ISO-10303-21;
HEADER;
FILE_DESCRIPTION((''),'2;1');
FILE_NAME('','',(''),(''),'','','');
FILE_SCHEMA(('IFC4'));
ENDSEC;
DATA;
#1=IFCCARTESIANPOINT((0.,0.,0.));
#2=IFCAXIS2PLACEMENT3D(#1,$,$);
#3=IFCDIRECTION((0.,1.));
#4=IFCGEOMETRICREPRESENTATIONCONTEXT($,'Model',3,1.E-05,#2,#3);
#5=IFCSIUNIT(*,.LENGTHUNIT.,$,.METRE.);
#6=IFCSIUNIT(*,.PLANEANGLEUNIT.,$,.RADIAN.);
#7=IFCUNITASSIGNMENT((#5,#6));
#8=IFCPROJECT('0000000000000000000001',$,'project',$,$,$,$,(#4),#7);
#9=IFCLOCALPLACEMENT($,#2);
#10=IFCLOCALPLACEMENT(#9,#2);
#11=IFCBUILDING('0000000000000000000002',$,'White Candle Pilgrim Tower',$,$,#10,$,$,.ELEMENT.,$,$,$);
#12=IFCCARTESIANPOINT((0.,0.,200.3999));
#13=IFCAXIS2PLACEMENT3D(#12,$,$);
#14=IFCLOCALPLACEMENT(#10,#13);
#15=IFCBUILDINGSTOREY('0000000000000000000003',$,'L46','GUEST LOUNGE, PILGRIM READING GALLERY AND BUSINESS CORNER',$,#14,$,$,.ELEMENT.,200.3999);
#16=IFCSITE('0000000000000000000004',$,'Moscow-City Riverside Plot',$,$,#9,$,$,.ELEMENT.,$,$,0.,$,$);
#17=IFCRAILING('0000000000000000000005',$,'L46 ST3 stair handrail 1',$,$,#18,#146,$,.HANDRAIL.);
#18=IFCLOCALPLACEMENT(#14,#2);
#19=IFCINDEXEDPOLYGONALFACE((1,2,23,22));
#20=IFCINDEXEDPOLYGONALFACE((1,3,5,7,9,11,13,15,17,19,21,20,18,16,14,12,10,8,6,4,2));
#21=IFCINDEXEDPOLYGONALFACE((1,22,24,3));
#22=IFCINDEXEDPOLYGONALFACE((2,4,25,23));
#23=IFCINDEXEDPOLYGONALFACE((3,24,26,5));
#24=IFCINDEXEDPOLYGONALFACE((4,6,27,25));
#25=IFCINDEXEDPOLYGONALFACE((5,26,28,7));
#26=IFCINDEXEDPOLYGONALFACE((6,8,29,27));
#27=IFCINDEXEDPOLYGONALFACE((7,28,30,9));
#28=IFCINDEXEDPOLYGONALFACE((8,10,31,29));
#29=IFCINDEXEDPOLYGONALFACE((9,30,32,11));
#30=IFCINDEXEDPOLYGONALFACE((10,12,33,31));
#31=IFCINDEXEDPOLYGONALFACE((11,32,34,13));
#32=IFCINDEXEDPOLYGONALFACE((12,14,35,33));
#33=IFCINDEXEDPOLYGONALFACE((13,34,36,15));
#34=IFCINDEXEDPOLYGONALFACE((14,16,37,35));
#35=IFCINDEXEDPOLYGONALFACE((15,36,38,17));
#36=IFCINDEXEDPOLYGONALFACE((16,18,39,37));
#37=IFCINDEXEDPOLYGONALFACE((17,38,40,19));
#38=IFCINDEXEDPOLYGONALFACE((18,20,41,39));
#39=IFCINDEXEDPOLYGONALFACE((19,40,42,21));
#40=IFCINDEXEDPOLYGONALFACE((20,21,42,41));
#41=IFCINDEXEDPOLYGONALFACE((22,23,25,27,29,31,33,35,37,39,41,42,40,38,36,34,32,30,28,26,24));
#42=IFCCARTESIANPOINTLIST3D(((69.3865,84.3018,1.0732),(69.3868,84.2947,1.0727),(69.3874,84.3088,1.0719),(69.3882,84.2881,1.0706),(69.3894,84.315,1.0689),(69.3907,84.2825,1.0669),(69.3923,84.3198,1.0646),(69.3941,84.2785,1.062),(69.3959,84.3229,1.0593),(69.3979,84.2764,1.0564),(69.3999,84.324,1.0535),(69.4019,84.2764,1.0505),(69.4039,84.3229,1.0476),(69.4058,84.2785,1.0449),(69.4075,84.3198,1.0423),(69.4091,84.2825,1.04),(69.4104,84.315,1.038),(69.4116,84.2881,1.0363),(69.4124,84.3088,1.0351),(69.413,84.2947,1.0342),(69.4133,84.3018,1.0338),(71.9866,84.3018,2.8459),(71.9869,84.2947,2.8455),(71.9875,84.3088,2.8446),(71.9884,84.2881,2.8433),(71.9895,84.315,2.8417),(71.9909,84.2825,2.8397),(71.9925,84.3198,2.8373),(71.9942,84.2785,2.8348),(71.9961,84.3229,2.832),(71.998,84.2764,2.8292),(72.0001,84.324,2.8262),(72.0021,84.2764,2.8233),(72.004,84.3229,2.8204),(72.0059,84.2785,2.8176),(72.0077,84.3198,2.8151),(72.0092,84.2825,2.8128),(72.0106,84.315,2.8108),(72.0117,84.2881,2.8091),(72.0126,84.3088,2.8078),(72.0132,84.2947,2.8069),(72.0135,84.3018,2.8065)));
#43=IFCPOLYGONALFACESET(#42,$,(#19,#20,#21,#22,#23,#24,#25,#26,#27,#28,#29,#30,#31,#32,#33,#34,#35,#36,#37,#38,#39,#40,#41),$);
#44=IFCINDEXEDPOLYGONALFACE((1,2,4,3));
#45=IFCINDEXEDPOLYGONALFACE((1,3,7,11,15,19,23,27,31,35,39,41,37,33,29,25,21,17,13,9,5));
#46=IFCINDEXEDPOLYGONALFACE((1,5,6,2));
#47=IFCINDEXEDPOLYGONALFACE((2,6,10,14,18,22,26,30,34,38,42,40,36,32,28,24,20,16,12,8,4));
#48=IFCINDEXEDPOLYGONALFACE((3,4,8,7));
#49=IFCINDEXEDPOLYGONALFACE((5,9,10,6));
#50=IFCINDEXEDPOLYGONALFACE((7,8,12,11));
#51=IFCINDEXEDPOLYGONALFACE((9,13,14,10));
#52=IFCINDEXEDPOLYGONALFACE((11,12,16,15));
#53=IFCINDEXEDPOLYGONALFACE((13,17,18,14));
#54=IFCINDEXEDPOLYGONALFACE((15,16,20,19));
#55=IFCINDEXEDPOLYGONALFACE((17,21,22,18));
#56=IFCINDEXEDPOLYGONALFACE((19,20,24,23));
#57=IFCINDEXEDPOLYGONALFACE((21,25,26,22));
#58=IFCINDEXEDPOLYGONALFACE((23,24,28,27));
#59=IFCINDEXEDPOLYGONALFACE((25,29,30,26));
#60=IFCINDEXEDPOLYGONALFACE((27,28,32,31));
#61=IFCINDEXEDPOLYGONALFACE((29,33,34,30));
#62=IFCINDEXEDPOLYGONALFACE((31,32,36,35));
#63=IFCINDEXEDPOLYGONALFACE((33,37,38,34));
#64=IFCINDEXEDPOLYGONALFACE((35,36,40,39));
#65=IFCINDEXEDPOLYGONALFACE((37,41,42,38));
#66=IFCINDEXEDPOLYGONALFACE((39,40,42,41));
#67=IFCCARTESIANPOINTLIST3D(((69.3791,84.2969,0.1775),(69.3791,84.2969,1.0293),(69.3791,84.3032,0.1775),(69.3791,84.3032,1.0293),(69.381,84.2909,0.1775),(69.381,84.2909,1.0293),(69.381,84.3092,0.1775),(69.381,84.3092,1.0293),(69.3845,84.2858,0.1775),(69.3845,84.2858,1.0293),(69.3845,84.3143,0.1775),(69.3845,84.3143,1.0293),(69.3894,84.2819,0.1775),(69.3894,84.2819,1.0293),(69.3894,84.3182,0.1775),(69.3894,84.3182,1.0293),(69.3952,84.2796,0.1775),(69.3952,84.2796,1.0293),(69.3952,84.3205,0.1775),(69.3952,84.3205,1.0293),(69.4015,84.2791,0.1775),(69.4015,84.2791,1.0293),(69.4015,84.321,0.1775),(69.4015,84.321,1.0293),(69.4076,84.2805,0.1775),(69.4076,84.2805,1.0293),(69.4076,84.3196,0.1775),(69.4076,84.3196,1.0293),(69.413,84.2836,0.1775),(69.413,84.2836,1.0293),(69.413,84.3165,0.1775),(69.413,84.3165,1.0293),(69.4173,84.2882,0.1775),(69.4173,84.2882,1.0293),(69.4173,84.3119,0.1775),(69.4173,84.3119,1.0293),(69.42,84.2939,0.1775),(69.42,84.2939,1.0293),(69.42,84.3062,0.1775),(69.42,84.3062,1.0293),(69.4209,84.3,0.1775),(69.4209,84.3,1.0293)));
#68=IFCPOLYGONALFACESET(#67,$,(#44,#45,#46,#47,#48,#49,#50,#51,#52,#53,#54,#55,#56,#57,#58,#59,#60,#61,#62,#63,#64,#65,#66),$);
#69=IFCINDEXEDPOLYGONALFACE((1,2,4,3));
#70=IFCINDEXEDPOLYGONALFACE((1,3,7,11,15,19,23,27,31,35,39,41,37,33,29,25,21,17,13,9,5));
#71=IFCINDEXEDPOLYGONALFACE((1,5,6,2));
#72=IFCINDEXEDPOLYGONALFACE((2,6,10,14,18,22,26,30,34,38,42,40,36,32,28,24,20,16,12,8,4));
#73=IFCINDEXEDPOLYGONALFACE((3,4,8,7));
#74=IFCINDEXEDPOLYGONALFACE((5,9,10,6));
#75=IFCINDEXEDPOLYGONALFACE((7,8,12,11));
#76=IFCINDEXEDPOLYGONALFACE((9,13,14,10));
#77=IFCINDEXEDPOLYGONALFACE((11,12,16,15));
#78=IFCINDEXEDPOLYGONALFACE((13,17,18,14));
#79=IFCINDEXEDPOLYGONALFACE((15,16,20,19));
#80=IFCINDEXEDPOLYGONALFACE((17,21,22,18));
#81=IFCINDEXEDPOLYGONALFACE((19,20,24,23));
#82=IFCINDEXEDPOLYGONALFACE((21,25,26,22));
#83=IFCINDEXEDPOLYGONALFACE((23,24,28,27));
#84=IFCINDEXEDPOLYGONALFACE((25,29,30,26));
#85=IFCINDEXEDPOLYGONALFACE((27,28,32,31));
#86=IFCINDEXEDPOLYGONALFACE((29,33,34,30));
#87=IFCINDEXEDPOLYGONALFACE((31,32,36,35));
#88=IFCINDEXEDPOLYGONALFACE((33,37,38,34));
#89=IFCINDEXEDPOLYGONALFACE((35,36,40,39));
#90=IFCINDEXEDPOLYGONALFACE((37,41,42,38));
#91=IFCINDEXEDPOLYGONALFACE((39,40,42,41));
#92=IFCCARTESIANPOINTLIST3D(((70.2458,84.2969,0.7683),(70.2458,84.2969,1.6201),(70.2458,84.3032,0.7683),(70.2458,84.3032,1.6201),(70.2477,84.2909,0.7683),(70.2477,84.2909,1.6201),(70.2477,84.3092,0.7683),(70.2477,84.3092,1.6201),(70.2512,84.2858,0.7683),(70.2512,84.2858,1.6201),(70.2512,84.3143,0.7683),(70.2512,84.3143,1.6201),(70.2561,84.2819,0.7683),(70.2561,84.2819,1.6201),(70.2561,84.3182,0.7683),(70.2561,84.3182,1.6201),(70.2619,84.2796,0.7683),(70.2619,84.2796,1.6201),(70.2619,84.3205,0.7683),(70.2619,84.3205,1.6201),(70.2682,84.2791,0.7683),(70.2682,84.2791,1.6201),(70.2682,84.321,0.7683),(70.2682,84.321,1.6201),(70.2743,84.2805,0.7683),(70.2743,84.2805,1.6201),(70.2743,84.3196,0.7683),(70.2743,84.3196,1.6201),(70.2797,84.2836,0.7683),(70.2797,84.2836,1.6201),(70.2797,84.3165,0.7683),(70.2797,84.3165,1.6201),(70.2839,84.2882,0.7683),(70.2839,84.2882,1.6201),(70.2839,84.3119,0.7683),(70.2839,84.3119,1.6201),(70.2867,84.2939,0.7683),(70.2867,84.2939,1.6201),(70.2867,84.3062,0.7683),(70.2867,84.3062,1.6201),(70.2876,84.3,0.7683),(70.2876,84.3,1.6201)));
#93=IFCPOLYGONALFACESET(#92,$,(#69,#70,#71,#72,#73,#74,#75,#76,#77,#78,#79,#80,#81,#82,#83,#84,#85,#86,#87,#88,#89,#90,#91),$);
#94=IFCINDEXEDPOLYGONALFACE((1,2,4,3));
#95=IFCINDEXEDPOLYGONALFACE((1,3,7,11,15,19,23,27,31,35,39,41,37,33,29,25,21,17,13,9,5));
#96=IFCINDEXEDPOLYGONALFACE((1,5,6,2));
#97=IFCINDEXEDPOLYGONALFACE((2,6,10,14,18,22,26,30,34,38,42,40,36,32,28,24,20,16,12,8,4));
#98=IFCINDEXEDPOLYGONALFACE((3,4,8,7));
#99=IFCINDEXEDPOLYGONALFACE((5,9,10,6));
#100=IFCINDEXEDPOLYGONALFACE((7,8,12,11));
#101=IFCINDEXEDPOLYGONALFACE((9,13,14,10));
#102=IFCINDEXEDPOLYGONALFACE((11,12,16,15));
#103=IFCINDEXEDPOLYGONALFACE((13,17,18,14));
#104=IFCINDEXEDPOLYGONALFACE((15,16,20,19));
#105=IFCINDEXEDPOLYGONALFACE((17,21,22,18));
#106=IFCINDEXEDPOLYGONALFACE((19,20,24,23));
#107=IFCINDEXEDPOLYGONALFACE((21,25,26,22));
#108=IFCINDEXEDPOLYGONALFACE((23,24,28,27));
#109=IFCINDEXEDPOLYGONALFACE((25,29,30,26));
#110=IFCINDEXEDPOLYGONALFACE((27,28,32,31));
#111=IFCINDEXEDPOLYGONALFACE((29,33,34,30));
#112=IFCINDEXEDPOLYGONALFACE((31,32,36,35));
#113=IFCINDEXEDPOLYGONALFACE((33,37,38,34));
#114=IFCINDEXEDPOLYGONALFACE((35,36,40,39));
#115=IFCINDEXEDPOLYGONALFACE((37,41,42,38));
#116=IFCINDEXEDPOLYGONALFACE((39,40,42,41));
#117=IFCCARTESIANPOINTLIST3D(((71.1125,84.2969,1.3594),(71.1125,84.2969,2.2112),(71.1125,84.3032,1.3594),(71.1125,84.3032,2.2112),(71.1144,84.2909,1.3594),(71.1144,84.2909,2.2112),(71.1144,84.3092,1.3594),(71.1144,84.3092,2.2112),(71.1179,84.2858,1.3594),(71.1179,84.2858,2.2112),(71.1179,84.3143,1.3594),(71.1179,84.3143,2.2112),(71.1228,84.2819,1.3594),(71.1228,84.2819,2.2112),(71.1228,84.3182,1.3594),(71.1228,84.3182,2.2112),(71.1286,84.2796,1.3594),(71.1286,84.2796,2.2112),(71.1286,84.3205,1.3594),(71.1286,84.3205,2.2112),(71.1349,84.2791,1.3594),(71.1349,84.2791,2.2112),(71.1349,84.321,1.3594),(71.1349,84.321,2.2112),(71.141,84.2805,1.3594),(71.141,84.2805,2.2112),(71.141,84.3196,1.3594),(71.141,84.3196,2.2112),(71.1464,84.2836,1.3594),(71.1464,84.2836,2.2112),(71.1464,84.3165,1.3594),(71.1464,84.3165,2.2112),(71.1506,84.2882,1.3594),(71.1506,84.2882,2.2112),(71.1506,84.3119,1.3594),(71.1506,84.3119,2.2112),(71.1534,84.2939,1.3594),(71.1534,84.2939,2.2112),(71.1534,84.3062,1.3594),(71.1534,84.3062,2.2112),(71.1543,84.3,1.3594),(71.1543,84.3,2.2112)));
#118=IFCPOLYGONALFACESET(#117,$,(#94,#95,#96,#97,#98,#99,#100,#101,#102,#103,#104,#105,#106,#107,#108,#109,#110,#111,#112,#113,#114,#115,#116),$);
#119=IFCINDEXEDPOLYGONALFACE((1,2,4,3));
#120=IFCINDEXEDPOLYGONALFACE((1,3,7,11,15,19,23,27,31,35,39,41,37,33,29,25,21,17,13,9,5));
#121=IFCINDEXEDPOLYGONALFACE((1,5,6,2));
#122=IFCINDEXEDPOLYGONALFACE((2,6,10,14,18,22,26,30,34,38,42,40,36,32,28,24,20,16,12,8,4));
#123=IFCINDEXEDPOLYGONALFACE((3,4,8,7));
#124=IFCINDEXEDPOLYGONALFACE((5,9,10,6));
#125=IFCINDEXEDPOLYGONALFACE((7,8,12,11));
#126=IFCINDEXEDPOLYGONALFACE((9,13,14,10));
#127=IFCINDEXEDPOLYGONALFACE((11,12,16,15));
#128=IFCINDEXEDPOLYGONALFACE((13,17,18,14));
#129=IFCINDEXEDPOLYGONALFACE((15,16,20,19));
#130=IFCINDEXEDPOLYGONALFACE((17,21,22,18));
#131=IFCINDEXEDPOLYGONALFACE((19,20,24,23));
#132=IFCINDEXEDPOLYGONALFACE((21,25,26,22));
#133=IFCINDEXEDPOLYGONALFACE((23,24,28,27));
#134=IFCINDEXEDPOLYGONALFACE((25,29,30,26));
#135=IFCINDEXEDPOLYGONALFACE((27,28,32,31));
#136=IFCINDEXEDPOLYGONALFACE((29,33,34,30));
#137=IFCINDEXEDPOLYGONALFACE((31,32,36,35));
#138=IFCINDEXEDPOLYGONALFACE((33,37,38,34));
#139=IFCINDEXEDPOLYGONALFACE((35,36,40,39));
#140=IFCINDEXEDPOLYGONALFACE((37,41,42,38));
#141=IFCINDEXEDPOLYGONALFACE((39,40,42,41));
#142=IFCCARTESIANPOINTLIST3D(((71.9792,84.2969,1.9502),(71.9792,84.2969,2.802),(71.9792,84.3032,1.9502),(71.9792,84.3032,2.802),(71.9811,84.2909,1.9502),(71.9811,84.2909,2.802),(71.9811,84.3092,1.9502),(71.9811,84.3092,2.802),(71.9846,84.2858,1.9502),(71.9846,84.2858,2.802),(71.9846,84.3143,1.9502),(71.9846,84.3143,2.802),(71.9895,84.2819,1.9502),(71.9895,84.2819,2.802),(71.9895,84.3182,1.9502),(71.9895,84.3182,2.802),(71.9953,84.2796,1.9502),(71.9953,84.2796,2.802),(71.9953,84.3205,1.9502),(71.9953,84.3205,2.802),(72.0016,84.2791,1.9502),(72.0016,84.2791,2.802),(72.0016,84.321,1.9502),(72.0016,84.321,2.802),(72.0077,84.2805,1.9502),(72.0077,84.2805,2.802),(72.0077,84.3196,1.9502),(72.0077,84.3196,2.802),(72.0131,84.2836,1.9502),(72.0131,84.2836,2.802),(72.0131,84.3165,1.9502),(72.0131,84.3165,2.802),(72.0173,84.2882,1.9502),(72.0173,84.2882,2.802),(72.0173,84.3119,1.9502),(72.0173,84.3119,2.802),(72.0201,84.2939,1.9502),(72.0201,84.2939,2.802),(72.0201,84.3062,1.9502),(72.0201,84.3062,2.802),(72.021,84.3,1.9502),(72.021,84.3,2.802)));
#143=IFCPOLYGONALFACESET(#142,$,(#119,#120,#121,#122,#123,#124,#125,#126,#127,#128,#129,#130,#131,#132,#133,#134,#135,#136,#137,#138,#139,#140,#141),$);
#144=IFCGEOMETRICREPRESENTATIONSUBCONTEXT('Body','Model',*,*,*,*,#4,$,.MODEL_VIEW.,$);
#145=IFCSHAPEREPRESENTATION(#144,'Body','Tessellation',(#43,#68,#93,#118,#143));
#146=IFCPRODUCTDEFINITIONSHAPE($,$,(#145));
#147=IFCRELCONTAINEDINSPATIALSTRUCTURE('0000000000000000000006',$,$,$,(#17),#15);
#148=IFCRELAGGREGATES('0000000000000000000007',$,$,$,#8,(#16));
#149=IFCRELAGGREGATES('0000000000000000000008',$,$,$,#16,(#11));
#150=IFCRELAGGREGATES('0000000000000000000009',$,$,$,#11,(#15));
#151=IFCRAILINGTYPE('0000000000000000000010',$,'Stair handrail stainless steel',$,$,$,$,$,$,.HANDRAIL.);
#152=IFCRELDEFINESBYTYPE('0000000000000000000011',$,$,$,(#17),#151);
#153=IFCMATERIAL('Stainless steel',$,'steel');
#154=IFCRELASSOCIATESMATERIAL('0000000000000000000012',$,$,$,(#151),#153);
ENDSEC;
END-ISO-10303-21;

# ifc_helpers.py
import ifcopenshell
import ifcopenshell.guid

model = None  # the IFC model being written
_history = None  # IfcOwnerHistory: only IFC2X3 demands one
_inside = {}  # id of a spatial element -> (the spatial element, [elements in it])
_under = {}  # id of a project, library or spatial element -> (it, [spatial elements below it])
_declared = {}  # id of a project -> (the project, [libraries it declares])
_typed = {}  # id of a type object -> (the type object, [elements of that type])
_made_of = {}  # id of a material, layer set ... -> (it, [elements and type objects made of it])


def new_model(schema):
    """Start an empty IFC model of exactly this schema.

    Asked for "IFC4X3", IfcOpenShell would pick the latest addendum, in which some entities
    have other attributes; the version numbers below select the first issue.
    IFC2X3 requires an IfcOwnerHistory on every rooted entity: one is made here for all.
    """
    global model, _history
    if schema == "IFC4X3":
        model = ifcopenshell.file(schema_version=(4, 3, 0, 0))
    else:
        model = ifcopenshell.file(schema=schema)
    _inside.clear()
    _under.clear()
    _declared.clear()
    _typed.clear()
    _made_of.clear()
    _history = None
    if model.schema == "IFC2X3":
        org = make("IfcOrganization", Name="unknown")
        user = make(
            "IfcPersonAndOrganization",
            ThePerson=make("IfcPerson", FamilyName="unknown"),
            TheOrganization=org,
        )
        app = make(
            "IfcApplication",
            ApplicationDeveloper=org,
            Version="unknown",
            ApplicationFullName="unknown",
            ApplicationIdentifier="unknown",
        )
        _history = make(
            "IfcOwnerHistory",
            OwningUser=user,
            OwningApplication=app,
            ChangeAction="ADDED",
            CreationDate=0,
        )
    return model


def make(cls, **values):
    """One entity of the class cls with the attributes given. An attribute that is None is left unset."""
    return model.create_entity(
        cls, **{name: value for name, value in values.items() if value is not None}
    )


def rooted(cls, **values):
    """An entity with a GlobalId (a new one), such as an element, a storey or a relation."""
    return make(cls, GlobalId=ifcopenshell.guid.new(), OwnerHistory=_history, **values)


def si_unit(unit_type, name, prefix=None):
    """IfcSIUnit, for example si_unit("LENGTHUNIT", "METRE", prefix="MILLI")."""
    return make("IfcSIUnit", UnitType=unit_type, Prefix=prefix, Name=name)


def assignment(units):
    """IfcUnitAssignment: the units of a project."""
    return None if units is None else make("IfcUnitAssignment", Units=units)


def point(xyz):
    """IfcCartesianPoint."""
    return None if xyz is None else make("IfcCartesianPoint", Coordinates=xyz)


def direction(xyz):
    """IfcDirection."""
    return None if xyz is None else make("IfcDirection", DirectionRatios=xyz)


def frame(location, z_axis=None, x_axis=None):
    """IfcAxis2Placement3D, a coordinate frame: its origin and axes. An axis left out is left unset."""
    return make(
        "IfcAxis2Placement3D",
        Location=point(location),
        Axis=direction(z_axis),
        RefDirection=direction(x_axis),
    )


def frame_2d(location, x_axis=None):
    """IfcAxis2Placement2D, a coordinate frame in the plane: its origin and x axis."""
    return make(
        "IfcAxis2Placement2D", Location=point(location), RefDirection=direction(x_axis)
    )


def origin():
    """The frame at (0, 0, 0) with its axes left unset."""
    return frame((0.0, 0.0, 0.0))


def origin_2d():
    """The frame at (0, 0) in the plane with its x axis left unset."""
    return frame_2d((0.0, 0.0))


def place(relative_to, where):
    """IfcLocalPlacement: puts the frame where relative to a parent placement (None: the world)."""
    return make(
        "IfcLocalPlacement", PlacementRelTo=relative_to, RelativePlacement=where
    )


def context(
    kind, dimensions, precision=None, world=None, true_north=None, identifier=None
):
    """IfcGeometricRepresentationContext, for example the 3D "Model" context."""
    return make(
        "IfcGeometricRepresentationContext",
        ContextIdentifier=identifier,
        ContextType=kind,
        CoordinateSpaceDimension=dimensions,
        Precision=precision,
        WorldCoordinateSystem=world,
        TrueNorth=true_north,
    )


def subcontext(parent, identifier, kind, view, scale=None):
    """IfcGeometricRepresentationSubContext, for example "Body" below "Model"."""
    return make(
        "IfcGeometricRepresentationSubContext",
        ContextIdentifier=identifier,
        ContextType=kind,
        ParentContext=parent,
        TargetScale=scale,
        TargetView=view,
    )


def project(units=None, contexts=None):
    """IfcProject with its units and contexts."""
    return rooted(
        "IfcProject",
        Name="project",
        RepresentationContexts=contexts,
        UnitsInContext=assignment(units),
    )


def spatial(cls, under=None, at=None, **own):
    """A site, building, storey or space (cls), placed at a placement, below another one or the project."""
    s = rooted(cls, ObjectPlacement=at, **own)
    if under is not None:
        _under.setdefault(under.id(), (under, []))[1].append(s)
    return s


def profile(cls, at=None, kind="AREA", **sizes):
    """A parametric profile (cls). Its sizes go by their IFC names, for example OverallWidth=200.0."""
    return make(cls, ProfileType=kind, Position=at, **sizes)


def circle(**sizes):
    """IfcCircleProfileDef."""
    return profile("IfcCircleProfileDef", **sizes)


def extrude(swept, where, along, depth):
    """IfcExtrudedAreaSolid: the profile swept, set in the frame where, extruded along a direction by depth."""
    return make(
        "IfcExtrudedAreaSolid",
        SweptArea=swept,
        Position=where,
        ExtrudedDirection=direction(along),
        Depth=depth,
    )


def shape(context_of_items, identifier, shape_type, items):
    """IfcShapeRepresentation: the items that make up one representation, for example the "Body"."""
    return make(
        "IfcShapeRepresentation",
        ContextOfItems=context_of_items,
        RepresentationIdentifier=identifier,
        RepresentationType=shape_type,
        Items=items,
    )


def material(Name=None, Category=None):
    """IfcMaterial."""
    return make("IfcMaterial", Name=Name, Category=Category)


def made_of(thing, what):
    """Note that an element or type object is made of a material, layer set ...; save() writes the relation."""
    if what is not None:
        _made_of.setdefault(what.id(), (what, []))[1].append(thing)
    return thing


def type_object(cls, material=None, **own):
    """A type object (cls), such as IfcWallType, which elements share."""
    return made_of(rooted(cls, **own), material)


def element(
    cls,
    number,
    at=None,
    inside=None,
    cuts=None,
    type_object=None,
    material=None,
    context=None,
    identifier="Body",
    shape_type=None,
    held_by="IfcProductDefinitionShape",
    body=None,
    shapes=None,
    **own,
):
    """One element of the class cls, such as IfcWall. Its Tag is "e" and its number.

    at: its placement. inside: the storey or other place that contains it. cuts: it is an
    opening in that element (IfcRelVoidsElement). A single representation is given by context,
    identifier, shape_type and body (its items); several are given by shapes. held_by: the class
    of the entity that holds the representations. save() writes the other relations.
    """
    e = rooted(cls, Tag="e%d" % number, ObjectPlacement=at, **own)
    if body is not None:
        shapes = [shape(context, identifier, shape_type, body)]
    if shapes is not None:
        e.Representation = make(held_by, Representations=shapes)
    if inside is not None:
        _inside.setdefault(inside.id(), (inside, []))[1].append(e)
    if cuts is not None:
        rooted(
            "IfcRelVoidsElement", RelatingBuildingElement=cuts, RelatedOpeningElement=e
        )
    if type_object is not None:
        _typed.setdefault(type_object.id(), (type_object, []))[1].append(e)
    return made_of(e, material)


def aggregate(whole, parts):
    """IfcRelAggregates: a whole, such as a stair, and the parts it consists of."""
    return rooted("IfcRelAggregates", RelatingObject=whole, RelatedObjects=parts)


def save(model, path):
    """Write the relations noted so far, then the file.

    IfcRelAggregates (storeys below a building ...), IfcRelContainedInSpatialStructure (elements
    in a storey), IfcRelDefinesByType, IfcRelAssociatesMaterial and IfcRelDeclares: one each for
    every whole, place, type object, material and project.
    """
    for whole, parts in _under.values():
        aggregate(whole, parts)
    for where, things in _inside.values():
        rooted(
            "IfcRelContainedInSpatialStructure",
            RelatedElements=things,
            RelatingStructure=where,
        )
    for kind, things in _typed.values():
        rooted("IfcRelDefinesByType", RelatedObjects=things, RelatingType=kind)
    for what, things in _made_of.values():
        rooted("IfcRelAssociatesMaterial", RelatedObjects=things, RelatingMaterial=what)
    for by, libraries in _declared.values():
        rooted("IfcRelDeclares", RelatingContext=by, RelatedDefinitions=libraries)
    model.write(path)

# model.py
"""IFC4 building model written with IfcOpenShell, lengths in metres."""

from ifc_helpers import new_model, si_unit, direction, frame, origin, origin_2d, place, context, subcontext, project, spatial, circle, extrude, material, type_object, element, save


model = new_model("IFC4")

# Units and contexts
model_context = context("Model", 3, precision=1e-05, world=origin(), true_north=direction((0.0, 1.0)))
body_context = subcontext(model_context, "Body", "Model", "MODEL_VIEW")
ifc_project = project(units=[si_unit("LENGTHUNIT", "METRE"), si_unit("PLANEANGLEUNIT", "RADIAN")], contexts=[model_context])

# Site, building, storey
site_placement = place(None, origin())
site = spatial("IfcSite", under=ifc_project, at=site_placement, Name="Moscow-City Riverside Plot", CompositionType="ELEMENT", RefElevation=0.0)
building_placement = place(site_placement, origin())
building = spatial("IfcBuilding", under=site, at=building_placement, Name="White Candle Pilgrim Tower", CompositionType="ELEMENT")
storey_placement = place(building_placement, frame((0.0, 0.0, 200.3999)))
storey = spatial("IfcBuildingStorey", under=building, at=storey_placement, Name="L46", Description="GUEST LOUNGE, PILGRIM READING GALLERY AND BUSINESS CORNER", CompositionType="ELEMENT", Elevation=200.3999)

# Shared definitions
ifc_material_1 = material(Name="Stainless steel", Category="steel")

# Railing
railing_type_1 = type_object("IfcRailingType", Name="Stair handrail stainless steel", PredefinedType="HANDRAIL", material=ifc_material_1)
railing_1_placement = place(storey_placement, frame((69.3999, 84.3, 0.1775)))
element("IfcRailing", 1, at=railing_1_placement, inside=storey, type_object=railing_type_1, Name="L46 ST3 stair handrail 1", PredefinedType="HANDRAIL", context=body_context, shape_type="SweptSolid", body=[
    extrude(circle(Radius=0.0239, at=origin_2d()), frame((0.0, 0.0, 0.876), z_axis=(0.82624, 0.0, 0.563318), x_axis=(0.0, 1.0, 0.0)), (0.0, 0.0, 1.0), 3.147),
    extrude(circle(Radius=0.021, at=origin_2d()), origin(), (0.0, 0.0, 1.0), 0.8518),
    extrude(circle(Radius=0.021, at=origin_2d()), frame((0.8667, 0.0, 0.5908)), (0.0, 0.0, 1.0), 0.8518),
    extrude(circle(Radius=0.021, at=origin_2d()), frame((1.7334, 0.0, 1.1819)), (0.0, 0.0, 1.0), 0.8518),
    extrude(circle(Radius=0.021, at=origin_2d()), frame((2.6001, 0.0, 1.7727)), (0.0, 0.0, 1.0), 0.8518),
])

save(model, "model.ifc")
